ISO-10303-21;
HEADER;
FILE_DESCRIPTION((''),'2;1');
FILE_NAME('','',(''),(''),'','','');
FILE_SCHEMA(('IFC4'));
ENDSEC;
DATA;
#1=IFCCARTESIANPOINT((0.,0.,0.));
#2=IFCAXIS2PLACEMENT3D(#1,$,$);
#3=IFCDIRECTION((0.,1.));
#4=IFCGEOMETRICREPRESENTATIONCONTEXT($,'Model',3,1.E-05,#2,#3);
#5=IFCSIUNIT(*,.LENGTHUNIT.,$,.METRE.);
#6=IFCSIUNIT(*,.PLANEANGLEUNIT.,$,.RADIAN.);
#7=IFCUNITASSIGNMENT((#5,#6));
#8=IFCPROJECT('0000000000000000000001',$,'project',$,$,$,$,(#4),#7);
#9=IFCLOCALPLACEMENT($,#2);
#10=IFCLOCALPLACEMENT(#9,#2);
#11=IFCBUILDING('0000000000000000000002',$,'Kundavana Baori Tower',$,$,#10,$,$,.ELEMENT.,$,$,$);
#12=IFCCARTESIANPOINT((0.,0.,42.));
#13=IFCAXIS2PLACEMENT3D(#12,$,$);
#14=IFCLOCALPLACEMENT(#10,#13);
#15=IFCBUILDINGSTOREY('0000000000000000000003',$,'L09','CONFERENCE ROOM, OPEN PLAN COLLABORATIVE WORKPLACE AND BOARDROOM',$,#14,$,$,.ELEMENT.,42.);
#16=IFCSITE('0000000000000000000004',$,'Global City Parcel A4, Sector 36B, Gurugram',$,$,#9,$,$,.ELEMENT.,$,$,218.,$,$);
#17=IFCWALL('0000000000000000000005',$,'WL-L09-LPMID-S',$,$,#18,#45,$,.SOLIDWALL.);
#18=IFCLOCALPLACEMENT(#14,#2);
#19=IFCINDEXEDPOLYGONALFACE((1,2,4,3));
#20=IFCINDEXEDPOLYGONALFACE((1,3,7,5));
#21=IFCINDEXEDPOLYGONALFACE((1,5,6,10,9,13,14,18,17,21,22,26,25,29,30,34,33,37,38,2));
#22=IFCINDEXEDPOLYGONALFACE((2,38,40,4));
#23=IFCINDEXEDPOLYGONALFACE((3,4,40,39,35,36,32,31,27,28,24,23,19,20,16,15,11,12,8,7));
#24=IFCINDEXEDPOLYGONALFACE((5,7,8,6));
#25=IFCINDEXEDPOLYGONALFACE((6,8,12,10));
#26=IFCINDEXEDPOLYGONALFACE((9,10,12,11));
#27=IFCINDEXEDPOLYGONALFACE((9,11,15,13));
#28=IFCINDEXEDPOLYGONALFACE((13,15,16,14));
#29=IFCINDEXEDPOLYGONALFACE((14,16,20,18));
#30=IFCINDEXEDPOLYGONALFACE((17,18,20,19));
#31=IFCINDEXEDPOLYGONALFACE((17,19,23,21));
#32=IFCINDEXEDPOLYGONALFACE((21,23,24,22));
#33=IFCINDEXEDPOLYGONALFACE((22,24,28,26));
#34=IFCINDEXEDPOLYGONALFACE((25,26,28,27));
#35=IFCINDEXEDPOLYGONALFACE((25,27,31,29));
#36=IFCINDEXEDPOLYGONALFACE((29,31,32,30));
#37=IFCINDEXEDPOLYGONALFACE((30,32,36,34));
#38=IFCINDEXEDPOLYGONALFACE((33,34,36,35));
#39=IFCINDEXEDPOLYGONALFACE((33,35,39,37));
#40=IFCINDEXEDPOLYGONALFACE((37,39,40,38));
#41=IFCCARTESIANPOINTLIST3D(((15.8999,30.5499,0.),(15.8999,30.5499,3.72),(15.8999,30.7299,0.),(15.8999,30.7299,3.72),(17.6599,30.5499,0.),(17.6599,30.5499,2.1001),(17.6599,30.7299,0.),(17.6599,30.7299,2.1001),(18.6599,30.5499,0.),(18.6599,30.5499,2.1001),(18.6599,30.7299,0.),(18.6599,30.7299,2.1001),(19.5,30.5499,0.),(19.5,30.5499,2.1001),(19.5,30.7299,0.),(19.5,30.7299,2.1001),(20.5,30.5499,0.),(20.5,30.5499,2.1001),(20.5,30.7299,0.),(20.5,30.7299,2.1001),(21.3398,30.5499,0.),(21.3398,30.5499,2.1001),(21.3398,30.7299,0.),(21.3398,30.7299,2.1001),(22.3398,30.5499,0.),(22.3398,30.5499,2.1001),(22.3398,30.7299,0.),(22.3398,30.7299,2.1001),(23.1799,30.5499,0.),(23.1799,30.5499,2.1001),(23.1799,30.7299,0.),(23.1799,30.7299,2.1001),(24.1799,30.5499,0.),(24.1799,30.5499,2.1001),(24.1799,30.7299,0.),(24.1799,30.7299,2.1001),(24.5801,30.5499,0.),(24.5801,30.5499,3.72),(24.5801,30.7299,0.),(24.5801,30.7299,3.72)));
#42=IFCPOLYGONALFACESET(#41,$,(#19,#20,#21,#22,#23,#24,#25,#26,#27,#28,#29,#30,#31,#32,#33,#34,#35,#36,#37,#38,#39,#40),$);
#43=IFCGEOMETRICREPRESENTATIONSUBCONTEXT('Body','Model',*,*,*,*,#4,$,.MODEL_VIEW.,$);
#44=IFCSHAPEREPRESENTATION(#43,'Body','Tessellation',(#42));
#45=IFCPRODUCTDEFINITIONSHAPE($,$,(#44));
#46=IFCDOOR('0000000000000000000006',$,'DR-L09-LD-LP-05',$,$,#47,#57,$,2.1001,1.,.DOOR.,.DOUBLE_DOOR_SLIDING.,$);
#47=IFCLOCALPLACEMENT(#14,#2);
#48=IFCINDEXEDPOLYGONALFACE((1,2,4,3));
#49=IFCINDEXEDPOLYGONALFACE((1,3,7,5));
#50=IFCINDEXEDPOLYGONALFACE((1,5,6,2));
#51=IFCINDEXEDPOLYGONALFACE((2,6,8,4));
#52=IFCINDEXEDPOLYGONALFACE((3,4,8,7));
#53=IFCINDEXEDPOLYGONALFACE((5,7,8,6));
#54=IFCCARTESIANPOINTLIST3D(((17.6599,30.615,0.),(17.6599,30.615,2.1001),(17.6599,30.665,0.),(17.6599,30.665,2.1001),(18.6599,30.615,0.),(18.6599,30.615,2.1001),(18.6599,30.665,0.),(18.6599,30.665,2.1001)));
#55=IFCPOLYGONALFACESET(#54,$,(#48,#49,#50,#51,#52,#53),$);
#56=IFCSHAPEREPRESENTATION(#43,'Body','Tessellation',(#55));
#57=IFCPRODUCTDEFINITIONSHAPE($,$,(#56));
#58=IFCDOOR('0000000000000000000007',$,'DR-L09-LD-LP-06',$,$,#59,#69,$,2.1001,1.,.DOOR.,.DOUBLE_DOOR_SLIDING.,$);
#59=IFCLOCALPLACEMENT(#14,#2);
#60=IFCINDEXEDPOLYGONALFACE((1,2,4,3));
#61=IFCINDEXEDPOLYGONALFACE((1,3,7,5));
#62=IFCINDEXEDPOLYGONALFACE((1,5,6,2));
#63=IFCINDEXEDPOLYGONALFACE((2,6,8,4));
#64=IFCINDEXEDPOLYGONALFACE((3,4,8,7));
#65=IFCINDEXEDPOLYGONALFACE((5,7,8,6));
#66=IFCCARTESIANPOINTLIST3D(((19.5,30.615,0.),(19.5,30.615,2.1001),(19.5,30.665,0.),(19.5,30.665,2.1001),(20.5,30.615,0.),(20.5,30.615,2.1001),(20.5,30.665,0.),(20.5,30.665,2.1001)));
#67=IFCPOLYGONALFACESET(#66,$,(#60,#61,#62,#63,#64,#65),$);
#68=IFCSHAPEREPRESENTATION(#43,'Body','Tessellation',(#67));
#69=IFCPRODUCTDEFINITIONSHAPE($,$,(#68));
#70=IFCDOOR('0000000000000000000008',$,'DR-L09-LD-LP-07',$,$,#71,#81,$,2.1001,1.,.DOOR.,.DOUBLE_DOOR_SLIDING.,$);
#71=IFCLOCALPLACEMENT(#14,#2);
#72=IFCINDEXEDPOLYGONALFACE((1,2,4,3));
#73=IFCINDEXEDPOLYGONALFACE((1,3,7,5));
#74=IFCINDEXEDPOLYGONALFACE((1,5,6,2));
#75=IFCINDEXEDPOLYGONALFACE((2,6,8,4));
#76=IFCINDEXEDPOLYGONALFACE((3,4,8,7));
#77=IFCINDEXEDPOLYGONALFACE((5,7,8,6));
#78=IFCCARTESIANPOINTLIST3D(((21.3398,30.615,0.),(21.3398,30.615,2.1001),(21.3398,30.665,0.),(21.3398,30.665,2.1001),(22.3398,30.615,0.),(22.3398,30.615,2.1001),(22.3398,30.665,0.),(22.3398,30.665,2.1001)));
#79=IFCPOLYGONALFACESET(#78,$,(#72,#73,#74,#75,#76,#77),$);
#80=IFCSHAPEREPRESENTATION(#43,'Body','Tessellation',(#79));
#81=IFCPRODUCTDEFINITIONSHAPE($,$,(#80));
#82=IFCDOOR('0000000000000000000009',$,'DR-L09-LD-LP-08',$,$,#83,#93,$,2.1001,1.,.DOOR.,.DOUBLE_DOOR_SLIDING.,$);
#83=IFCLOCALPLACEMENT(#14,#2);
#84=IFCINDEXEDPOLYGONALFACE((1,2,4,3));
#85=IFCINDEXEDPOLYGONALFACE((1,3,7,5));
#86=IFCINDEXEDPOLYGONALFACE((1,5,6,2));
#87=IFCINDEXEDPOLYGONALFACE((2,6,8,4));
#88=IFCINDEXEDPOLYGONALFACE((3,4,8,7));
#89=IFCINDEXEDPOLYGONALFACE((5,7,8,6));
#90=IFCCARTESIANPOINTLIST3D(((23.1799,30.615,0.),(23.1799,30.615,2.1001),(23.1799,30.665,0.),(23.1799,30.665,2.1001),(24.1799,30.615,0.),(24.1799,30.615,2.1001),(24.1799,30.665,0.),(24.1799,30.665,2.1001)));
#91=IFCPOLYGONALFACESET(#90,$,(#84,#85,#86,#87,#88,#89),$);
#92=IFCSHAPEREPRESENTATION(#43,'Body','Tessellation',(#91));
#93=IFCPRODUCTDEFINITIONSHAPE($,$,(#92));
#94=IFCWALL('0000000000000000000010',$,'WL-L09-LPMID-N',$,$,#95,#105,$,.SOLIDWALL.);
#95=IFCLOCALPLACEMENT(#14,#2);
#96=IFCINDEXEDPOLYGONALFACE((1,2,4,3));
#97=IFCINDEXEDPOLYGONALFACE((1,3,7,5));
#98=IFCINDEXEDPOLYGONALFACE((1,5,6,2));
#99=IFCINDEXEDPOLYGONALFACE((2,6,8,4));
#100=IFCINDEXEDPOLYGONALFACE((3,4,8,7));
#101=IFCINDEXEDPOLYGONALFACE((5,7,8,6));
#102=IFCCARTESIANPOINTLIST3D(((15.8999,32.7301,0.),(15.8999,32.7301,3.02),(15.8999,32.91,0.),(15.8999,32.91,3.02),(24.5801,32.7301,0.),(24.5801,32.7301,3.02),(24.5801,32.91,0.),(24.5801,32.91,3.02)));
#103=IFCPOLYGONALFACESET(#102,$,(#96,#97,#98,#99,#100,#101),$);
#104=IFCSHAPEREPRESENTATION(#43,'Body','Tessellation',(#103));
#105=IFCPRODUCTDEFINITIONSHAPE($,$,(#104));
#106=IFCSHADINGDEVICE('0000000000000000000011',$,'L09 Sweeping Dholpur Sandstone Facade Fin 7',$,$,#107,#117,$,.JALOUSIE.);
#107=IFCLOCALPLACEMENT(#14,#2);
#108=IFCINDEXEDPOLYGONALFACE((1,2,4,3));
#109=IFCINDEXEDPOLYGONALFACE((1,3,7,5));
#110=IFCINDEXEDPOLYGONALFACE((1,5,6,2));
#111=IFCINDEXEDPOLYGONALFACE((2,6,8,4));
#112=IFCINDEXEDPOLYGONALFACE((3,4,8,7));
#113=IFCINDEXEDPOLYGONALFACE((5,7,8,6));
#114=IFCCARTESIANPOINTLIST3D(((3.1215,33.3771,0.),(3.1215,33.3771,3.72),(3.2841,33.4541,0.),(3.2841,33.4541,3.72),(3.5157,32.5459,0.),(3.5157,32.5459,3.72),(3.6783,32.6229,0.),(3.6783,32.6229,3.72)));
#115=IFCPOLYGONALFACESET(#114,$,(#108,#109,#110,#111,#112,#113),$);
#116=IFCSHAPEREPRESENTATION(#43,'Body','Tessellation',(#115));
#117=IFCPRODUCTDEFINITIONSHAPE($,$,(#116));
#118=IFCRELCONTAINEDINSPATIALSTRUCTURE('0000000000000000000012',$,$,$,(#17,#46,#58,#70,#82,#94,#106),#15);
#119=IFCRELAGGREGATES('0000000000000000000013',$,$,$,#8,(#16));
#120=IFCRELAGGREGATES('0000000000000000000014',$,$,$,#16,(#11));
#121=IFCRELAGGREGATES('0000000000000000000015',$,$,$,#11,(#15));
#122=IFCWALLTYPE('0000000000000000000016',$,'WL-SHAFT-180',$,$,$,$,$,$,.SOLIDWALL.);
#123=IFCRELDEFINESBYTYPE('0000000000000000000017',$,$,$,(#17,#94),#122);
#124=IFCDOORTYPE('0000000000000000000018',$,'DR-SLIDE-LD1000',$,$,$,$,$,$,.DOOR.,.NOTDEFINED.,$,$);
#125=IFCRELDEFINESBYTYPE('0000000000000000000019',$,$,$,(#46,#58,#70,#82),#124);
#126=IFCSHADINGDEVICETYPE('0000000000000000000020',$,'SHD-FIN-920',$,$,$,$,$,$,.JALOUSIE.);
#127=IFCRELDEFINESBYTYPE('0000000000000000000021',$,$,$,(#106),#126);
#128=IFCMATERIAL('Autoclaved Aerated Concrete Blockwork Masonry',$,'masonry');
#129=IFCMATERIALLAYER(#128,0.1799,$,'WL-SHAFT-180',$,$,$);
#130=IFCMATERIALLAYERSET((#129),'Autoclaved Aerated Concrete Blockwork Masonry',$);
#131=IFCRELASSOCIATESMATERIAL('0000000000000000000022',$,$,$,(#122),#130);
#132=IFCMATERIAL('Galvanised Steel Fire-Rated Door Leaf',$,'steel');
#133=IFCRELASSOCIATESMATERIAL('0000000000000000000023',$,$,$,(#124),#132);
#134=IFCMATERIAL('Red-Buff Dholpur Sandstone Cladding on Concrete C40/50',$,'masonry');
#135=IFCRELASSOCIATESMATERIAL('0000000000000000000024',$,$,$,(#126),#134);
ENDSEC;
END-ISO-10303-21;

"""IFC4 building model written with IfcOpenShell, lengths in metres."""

from ifc_helpers import new_model, si_unit, direction, frame, frame_2d, origin, origin_2d, place, context, subcontext, project, spatial, rectangle, extrude, material, layer, layer_set, type_object, element, fill, save


model = new_model("IFC4")

# Units and contexts
model_context = context("Model", 3, precision=1e-05, world=origin(), true_north=direction((0.0, 1.0)))
body_context = subcontext(model_context, "Body", "Model", "MODEL_VIEW")
ifc_project = project(units=[si_unit("LENGTHUNIT", "METRE"), si_unit("PLANEANGLEUNIT", "RADIAN")], contexts=[model_context])

# Site, building, storey
site_placement = place(None, origin())
site = spatial("IfcSite", under=ifc_project, at=site_placement, Name="Global City Parcel A4, Sector 36B, Gurugram", CompositionType="ELEMENT", RefElevation=218.0)
building_placement = place(site_placement, origin())
building = spatial("IfcBuilding", under=site, at=building_placement, Name="Kundavana Baori Tower", CompositionType="ELEMENT")
storey_placement = place(building_placement, frame((0.0, 0.0, 42.0)))
storey = spatial("IfcBuildingStorey", under=building, at=storey_placement, Name="L09", Description="CONFERENCE ROOM, OPEN PLAN COLLABORATIVE WORKPLACE AND BOARDROOM", CompositionType="ELEMENT", Elevation=42.0)

# Shared definitions
ifc_material_1 = material(Name="Autoclaved Aerated Concrete Blockwork Masonry", Category="masonry")
ifc_layer_1 = layer(ifc_material_1, 0.1799, Name="WL-SHAFT-180")
ifc_layer_set_1 = layer_set([ifc_layer_1], Name="Autoclaved Aerated Concrete Blockwork Masonry")
wall_type_1 = type_object("IfcWallType", Name="WL-SHAFT-180", PredefinedType="SOLIDWALL", material=ifc_layer_set_1)
ifc_material_2 = material(Name="Galvanised Steel Fire-Rated Door Leaf", Category="steel")
door_type = type_object("IfcDoorType", Name="DR-SLIDE-LD1000", OperationType="NOTDEFINED", PredefinedType="DOOR", material=ifc_material_2)

# Wall, openings, doors
wall_1_placement = place(storey_placement, frame((15.8999, 30.6399, 0.0), z_axis=(0.0, 0.0, 1.0), x_axis=(1.0, 0.0, 0.0)))
wall_1 = element("IfcWall", 1, at=wall_1_placement, inside=storey, type_object=wall_type_1, Name="WL-L09-LPMID-S", PredefinedType="SOLIDWALL", context=body_context, shape_type="SweptSolid", body=[
    extrude(rectangle(XDim=8.6802, YDim=0.1799, at=frame_2d((4.3401, 0.0))), origin(), (0.0, 0.0, 1.0), 3.72),
])
opening_1_placement = place(wall_1_placement, frame((1.76, 0.0, 0.0)))
opening_1 = element("IfcOpeningElement", 2, at=opening_1_placement, cuts=wall_1, PredefinedType="OPENING", context=body_context, shape_type="SweptSolid", body=[
    extrude(rectangle(XDim=1.0, YDim=2.1001, at=frame_2d((0.5, 1.05))), frame((0.0, 0.1001, 0.0), z_axis=(0.0, -1.0, 0.0), x_axis=(1.0, 0.0, 0.0)), (0.0, 0.0, 1.0), 0.2),
])
opening_2_placement = place(wall_1_placement, frame((3.6001, 0.0, 0.0)))
opening_2 = element("IfcOpeningElement", 3, at=opening_2_placement, cuts=wall_1, PredefinedType="OPENING", context=body_context, shape_type="SweptSolid", body=[
    extrude(rectangle(XDim=1.0, YDim=2.1001, at=frame_2d((0.5, 1.05))), frame((0.0, 0.1001, 0.0), z_axis=(0.0, -1.0, 0.0), x_axis=(1.0, 0.0, 0.0)), (0.0, 0.0, 1.0), 0.2),
])
opening_3_placement = place(wall_1_placement, frame((5.4399, 0.0, 0.0)))
opening_3 = element("IfcOpeningElement", 4, at=opening_3_placement, cuts=wall_1, PredefinedType="OPENING", context=body_context, shape_type="SweptSolid", body=[
    extrude(rectangle(XDim=1.0, YDim=2.1001, at=frame_2d((0.5, 1.05))), frame((0.0, 0.1001, 0.0), z_axis=(0.0, -1.0, 0.0), x_axis=(1.0, 0.0, 0.0)), (0.0, 0.0, 1.0), 0.2),
])
opening_4_placement = place(wall_1_placement, frame((7.28, 0.0, 0.0)))
opening_4 = element("IfcOpeningElement", 5, at=opening_4_placement, cuts=wall_1, PredefinedType="OPENING", context=body_context, shape_type="SweptSolid", body=[
    extrude(rectangle(XDim=1.0, YDim=2.1001, at=frame_2d((0.5, 1.05))), frame((0.0, 0.1001, 0.0), z_axis=(0.0, -1.0, 0.0), x_axis=(1.0, 0.0, 0.0)), (0.0, 0.0, 1.0), 0.2),
])
door_1_placement = place(opening_1_placement, frame((1.0, 0.0, 0.0), z_axis=(0.0, 0.0, 1.0), x_axis=(-1.0, 0.0, 0.0)))
door_1 = element("IfcDoor", 6, at=door_1_placement, inside=storey, type_object=door_type, Name="DR-L09-LD-LP-05", OperationType="DOUBLE_DOOR_SLIDING", OverallHeight=2.1001, OverallWidth=1.0, PredefinedType="DOOR", context=body_context, shape_type="SweptSolid", body=[
    extrude(rectangle(XDim=1.0, YDim=2.1001, at=frame_2d((0.5, 1.05))), frame((0.0, 0.0249, 0.0), z_axis=(0.0, -1.0, 0.0), x_axis=(1.0, 0.0, 0.0)), (0.0, 0.0, 1.0), 0.05),
])
fill(opening_1, door_1)
door_2_placement = place(opening_2_placement, frame((1.0, 0.0, 0.0), z_axis=(0.0, 0.0, 1.0), x_axis=(-1.0, 0.0, 0.0)))
door_2 = element("IfcDoor", 7, at=door_2_placement, inside=storey, type_object=door_type, Name="DR-L09-LD-LP-06", OperationType="DOUBLE_DOOR_SLIDING", OverallHeight=2.1001, OverallWidth=1.0, PredefinedType="DOOR", context=body_context, shape_type="SweptSolid", body=[
    extrude(rectangle(XDim=1.0, YDim=2.1001, at=frame_2d((0.5, 1.05))), frame((0.0, 0.0249, 0.0), z_axis=(0.0, -1.0, 0.0), x_axis=(1.0, 0.0, 0.0)), (0.0, 0.0, 1.0), 0.05),
])
fill(opening_2, door_2)
door_3_placement = place(opening_3_placement, frame((1.0, 0.0, 0.0), z_axis=(0.0, 0.0, 1.0), x_axis=(-1.0, 0.0, 0.0)))
door_3 = element("IfcDoor", 8, at=door_3_placement, inside=storey, type_object=door_type, Name="DR-L09-LD-LP-07", OperationType="DOUBLE_DOOR_SLIDING", OverallHeight=2.1001, OverallWidth=1.0, PredefinedType="DOOR", context=body_context, shape_type="SweptSolid", body=[
    extrude(rectangle(XDim=1.0, YDim=2.1001, at=frame_2d((0.5, 1.05))), frame((0.0, 0.0249, 0.0), z_axis=(0.0, -1.0, 0.0), x_axis=(1.0, 0.0, 0.0)), (0.0, 0.0, 1.0), 0.05),
])
fill(opening_3, door_3)
door_4_placement = place(opening_4_placement, frame((1.0, 0.0, 0.0), z_axis=(0.0, 0.0, 1.0), x_axis=(-1.0, 0.0, 0.0)))
door_4 = element("IfcDoor", 9, at=door_4_placement, inside=storey, type_object=door_type, Name="DR-L09-LD-LP-08", OperationType="DOUBLE_DOOR_SLIDING", OverallHeight=2.1001, OverallWidth=1.0, PredefinedType="DOOR", context=body_context, shape_type="SweptSolid", body=[
    extrude(rectangle(XDim=1.0, YDim=2.1001, at=frame_2d((0.5, 1.05))), frame((0.0, 0.0249, 0.0), z_axis=(0.0, -1.0, 0.0), x_axis=(1.0, 0.0, 0.0)), (0.0, 0.0, 1.0), 0.05),
])
fill(opening_4, door_4)

# Wall
wall_2_placement = place(storey_placement, frame((15.8999, 32.8201, 0.0), z_axis=(0.0, 0.0, 1.0), x_axis=(1.0, 0.0, 0.0)))
element("IfcWall", 10, at=wall_2_placement, inside=storey, type_object=wall_type_1, Name="WL-L09-LPMID-N", PredefinedType="SOLIDWALL", context=body_context, shape_type="SweptSolid", body=[
    extrude(rectangle(XDim=8.6802, YDim=0.1799, at=frame_2d((4.3401, 0.0))), origin(), (0.0, 0.0, 1.0), 3.02),
])

# Shading device
ifc_material_3 = material(Name="Red-Buff Dholpur Sandstone Cladding on Concrete C40/50", Category="masonry")
shading_device_type = type_object("IfcShadingDeviceType", Name="SHD-FIN-920", PredefinedType="JALOUSIE", material=ifc_material_3)
shading_device_placement = place(storey_placement, frame((3.3999, 33.0, 0.0), z_axis=(0.0, 0.0, 1.0), x_axis=(0.90356, 0.428462, 0.0)))
element("IfcShadingDevice", 11, at=shading_device_placement, inside=storey, type_object=shading_device_type, Name="L09 Sweeping Dholpur Sandstone Facade Fin 7", PredefinedType="JALOUSIE", context=body_context, shape_type="SweptSolid", body=[
    extrude(rectangle(XDim=0.1799, YDim=0.9199, at=origin_2d()), origin(), (0.0, 0.0, 1.0), 3.72),
])

save(model, "model.ifc")
